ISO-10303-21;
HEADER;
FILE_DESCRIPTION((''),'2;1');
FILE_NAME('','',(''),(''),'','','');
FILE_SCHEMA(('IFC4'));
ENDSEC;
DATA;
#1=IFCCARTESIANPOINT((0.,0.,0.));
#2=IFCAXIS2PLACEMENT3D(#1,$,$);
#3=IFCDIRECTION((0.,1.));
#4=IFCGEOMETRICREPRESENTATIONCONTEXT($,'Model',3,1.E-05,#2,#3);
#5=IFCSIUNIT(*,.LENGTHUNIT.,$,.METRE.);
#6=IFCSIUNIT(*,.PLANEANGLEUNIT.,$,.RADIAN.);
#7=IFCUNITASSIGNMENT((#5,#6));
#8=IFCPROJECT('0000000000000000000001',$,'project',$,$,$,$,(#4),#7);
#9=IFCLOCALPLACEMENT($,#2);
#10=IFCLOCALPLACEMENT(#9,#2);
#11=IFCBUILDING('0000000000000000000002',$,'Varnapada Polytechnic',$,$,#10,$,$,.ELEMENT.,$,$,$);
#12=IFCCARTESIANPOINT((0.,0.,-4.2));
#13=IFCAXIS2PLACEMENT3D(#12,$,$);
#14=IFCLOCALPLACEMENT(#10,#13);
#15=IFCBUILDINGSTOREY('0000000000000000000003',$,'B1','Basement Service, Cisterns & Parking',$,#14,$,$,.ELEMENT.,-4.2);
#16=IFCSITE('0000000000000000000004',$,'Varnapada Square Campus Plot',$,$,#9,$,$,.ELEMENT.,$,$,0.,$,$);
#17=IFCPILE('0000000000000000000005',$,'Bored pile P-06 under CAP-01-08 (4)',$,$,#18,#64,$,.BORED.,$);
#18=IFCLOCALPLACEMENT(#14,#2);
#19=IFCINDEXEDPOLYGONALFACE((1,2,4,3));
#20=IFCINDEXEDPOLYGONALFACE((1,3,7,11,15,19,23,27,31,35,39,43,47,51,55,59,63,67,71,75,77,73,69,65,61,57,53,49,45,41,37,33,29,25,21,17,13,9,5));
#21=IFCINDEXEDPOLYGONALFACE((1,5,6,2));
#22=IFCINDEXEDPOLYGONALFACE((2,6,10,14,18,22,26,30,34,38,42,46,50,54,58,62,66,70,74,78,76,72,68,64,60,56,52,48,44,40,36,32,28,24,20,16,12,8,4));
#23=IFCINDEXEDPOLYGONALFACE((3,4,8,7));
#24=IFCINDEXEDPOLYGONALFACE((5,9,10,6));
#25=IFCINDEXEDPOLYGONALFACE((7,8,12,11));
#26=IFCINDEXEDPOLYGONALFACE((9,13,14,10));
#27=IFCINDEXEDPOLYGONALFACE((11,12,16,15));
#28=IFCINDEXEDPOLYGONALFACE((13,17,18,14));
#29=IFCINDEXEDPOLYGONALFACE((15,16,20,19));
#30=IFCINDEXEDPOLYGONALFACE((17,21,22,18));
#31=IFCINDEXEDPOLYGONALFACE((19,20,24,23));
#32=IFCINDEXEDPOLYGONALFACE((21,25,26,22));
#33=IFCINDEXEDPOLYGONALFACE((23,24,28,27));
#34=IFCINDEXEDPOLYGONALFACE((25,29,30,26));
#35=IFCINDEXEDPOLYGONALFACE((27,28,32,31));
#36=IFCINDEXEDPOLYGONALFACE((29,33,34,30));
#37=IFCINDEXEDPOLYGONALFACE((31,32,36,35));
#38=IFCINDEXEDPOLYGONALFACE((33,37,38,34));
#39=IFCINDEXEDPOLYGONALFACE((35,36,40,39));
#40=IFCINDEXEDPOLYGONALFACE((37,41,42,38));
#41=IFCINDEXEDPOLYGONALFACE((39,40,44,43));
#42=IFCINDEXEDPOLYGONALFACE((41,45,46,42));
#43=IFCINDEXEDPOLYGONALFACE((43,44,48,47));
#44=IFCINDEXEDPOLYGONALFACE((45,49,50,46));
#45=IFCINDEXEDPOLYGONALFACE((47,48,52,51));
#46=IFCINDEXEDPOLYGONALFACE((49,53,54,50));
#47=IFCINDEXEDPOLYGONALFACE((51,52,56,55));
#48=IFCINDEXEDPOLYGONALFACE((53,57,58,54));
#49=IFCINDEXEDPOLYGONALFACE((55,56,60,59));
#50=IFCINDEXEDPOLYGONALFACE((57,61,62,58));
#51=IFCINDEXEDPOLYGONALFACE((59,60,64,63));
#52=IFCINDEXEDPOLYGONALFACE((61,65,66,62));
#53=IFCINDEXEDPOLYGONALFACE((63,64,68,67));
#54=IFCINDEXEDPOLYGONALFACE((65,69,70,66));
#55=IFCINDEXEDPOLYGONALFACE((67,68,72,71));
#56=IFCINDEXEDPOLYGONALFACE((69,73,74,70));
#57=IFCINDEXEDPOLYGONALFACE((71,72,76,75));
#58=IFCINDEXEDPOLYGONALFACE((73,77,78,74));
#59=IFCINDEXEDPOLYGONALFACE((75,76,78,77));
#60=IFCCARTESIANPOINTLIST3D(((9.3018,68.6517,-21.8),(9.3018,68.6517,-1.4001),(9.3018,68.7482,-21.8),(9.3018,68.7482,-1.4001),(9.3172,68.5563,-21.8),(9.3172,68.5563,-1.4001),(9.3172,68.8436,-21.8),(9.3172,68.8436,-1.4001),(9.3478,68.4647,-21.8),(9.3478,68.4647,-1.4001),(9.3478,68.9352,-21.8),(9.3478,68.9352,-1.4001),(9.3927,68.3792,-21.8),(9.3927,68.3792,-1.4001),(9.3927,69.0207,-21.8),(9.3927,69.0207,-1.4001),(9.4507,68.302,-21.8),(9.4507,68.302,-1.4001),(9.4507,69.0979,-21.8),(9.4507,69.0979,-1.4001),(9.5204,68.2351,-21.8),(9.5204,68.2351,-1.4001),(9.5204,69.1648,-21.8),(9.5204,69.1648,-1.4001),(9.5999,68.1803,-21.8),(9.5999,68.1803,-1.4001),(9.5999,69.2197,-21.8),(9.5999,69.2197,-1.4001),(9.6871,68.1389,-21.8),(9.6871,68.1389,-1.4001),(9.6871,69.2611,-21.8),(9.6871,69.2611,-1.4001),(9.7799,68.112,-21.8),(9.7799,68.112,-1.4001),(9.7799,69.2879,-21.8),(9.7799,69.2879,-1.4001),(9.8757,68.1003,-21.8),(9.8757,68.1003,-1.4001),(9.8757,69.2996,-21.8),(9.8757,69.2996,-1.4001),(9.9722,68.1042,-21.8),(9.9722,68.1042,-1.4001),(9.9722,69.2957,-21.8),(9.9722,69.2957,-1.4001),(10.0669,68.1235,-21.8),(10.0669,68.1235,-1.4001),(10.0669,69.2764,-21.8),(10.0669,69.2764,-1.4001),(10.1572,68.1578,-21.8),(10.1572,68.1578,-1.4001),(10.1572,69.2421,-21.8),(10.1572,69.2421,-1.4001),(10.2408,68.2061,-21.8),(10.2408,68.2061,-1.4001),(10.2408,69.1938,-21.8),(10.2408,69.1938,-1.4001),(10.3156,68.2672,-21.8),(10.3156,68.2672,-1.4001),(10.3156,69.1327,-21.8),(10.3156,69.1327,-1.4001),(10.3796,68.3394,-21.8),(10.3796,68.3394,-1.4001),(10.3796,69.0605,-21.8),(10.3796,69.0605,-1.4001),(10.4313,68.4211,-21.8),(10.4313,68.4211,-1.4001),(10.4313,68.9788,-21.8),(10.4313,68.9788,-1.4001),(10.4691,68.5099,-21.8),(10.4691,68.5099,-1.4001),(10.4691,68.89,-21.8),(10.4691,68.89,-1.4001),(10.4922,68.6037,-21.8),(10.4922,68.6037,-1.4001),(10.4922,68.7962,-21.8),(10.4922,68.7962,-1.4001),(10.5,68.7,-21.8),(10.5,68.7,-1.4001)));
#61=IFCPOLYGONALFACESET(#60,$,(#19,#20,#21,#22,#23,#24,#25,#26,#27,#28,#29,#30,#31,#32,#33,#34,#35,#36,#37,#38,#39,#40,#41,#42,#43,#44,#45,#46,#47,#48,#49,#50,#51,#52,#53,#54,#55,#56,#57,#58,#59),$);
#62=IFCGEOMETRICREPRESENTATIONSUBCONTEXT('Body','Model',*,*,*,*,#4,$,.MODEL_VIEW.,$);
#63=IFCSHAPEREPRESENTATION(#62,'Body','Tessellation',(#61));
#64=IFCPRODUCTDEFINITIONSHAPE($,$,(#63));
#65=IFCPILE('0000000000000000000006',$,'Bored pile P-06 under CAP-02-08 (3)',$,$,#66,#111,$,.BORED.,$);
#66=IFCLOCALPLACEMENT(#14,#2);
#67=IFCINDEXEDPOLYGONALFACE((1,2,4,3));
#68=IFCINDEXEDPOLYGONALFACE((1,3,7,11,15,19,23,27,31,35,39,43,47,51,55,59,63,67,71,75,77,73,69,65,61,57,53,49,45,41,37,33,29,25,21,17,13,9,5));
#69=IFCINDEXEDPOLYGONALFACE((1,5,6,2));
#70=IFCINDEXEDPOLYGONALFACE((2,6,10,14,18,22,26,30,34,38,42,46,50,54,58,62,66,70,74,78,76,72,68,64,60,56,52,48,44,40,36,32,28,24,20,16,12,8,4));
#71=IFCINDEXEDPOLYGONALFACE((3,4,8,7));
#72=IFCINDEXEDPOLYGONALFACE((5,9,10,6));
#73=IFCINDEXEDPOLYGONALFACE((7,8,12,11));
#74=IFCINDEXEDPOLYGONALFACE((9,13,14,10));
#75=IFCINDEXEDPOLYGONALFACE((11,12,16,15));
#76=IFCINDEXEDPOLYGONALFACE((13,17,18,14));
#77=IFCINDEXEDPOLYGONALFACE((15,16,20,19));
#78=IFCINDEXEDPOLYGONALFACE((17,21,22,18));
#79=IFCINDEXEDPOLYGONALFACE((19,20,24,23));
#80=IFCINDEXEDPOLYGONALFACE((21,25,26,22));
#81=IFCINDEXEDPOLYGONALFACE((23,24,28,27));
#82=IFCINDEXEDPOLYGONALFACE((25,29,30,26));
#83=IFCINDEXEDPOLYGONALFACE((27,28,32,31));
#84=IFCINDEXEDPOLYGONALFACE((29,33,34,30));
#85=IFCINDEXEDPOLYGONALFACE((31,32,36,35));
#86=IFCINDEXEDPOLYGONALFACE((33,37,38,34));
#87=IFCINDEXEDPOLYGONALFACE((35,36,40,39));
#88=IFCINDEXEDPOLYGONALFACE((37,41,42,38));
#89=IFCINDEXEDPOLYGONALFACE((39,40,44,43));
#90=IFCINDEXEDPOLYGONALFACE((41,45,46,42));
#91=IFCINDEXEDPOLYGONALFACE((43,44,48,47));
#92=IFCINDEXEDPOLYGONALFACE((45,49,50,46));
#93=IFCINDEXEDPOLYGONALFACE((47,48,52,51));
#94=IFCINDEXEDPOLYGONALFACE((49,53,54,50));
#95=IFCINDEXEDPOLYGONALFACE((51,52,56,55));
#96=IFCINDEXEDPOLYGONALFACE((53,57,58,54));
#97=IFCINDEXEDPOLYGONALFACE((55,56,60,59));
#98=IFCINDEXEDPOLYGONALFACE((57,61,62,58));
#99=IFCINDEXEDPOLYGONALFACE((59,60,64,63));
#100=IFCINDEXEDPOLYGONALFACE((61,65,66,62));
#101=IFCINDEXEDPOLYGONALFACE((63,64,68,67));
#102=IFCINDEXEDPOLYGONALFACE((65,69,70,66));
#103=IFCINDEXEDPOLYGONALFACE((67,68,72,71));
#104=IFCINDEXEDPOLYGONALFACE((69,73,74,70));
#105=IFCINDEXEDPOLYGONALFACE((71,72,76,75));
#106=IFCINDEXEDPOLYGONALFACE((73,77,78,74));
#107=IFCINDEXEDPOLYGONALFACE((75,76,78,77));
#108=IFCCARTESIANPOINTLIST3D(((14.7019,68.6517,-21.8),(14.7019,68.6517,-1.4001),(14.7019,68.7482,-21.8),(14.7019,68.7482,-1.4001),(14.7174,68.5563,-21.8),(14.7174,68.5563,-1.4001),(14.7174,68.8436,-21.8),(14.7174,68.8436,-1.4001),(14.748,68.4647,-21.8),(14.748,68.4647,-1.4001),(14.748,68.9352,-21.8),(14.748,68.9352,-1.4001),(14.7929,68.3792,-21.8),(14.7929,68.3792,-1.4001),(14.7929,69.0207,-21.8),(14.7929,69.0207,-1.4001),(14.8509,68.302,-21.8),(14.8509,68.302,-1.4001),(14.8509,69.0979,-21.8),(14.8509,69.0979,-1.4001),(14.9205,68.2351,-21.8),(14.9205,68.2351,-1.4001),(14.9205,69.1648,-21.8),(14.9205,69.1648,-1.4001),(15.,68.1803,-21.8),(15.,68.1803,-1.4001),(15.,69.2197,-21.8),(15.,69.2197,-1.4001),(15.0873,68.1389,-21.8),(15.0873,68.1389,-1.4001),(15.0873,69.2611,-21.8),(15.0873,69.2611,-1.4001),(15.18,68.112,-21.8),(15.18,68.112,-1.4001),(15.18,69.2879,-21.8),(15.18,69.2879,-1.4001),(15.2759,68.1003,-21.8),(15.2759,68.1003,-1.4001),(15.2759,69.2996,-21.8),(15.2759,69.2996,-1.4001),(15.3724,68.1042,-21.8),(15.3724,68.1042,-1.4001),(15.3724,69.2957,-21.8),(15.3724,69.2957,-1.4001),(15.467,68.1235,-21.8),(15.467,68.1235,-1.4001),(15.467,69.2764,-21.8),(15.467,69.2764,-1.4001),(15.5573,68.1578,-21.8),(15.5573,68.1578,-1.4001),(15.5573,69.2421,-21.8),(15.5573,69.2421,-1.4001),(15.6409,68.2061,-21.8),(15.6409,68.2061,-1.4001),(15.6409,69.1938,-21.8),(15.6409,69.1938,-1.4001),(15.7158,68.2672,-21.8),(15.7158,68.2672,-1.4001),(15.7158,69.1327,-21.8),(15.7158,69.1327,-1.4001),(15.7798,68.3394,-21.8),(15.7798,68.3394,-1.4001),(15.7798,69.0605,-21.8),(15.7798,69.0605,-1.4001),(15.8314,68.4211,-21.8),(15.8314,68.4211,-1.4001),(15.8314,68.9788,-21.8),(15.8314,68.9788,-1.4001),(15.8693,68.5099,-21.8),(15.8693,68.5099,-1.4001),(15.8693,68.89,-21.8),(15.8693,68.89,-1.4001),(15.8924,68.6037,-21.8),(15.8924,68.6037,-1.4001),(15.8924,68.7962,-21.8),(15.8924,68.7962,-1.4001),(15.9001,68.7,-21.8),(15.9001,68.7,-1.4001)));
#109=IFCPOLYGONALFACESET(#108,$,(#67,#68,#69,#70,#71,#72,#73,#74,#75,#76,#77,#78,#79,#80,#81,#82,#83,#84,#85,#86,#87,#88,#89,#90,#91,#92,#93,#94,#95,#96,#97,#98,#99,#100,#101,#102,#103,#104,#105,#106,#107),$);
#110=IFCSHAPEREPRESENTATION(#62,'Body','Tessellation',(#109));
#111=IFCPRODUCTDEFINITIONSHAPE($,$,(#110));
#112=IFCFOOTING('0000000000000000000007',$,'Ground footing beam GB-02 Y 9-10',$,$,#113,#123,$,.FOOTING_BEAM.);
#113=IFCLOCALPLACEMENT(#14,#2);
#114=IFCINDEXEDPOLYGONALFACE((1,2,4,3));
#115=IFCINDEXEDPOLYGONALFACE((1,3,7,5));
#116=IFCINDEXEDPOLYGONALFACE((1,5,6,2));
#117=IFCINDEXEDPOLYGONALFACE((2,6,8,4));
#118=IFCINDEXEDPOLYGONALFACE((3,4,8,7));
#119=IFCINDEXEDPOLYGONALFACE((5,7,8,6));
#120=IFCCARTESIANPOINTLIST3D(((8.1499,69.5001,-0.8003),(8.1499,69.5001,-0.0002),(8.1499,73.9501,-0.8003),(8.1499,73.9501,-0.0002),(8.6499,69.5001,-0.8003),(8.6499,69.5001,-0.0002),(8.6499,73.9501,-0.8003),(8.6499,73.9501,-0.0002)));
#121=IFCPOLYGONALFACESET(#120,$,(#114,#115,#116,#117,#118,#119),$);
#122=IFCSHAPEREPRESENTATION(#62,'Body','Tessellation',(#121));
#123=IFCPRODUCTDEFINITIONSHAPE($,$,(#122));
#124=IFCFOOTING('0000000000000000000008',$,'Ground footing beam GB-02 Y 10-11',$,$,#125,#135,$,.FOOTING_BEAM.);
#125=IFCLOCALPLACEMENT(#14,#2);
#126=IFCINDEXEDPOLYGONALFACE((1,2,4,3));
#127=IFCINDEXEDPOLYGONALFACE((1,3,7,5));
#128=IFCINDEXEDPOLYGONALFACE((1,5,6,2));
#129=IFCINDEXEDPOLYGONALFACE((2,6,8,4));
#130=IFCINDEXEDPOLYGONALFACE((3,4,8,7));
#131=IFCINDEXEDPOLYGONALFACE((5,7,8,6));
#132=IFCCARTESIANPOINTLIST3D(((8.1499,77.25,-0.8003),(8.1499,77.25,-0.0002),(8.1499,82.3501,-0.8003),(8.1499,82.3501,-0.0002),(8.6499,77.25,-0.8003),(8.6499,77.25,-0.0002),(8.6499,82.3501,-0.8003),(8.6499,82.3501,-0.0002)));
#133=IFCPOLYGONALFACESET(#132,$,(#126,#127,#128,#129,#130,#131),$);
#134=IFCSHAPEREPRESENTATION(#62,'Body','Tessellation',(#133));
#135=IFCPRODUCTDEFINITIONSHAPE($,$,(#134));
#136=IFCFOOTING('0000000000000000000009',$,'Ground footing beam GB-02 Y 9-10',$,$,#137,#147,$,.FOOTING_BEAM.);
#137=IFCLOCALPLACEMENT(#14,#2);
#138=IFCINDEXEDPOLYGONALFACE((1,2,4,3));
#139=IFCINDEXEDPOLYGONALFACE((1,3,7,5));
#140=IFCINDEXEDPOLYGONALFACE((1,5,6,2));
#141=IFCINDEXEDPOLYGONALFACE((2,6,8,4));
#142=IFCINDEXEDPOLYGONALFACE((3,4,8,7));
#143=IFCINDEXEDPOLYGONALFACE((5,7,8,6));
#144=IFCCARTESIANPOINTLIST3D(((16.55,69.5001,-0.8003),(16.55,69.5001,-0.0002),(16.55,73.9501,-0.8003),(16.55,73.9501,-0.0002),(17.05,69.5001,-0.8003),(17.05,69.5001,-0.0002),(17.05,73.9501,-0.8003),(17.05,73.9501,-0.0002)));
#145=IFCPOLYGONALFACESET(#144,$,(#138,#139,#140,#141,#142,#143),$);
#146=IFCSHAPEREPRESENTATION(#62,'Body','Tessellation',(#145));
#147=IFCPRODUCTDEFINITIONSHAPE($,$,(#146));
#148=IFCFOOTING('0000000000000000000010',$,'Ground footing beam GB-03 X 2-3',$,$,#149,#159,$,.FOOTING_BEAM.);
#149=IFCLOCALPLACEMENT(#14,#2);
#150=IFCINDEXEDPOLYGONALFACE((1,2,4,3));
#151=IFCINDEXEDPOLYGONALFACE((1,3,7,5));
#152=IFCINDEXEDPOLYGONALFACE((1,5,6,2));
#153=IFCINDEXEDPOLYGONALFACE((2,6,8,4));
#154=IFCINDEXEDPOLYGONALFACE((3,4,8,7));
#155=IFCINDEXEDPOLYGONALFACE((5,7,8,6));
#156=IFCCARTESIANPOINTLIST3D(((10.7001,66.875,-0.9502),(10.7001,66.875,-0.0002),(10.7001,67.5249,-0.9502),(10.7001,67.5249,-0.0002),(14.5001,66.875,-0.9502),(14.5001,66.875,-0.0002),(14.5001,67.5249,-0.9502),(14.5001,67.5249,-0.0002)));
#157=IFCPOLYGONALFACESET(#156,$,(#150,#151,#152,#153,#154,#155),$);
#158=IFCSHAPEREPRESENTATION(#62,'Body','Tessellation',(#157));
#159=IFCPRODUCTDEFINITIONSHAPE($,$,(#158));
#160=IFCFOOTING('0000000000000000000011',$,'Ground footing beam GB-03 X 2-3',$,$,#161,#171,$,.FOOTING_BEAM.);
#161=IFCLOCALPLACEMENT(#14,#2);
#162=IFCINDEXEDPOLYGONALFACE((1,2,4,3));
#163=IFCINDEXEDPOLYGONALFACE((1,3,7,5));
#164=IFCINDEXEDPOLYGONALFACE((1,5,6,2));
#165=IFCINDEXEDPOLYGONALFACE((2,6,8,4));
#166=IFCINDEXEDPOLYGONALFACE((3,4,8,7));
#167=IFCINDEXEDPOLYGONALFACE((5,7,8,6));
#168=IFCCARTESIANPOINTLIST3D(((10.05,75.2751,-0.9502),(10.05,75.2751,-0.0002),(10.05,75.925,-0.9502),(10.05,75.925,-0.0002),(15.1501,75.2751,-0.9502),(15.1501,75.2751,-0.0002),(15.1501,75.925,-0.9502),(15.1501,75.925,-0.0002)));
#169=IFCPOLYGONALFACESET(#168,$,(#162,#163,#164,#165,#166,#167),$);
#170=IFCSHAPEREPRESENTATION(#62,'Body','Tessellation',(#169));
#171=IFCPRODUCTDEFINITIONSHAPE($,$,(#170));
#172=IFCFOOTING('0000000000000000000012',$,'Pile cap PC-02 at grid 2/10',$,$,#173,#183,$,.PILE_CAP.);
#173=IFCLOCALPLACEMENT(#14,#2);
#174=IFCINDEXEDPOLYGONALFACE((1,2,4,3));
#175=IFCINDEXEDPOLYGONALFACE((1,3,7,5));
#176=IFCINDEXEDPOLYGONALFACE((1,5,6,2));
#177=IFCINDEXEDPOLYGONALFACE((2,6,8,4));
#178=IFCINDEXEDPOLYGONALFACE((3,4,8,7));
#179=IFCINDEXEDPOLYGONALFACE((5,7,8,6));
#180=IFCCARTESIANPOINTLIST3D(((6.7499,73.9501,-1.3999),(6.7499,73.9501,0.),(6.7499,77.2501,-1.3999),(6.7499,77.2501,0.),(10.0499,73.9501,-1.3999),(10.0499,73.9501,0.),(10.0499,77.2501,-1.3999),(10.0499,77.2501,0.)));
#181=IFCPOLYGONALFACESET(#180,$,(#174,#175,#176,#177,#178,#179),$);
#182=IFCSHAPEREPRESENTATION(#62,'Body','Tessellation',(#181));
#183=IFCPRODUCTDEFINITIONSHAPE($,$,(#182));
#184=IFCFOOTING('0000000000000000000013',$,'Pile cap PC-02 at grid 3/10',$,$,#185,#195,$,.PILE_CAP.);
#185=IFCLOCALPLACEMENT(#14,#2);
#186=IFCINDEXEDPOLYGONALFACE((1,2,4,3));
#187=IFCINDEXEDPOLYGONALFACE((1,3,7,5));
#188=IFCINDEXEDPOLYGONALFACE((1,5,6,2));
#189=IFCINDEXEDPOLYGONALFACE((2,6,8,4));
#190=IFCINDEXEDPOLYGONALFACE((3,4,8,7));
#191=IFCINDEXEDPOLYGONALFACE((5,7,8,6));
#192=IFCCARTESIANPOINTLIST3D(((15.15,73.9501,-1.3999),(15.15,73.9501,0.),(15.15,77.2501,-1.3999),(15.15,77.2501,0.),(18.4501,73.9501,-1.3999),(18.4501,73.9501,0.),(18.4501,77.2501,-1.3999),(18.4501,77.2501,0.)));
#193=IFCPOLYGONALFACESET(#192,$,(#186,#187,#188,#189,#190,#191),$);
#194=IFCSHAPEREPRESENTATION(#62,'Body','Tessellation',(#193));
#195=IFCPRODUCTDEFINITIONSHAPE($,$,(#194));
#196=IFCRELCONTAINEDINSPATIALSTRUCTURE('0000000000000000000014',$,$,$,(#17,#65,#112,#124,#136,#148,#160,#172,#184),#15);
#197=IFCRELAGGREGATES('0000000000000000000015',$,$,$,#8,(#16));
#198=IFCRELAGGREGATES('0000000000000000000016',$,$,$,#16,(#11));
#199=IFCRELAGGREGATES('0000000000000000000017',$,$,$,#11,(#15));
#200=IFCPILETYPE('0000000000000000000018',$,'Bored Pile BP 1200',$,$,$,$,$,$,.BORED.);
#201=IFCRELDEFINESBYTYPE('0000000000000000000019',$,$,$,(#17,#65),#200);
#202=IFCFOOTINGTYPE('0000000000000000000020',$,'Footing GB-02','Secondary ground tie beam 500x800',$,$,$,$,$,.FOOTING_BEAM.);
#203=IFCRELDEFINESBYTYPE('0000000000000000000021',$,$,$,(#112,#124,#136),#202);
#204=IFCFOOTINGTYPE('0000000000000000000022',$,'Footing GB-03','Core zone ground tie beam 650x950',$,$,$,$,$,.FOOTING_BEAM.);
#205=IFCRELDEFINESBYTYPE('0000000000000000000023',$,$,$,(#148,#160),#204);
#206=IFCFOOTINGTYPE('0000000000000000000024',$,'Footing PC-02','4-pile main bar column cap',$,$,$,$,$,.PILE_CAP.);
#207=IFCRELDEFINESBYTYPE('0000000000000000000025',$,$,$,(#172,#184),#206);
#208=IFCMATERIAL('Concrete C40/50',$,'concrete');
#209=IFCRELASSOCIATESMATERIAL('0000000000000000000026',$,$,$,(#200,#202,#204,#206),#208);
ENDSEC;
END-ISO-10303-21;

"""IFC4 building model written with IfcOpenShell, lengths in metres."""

from ifc_helpers import new_model, si_unit, direction, frame, origin, origin_2d, place, context, subcontext, project, spatial, rectangle, circle, extrude, material, material_profile, profile_set, type_object, element, save


model = new_model("IFC4")

# Units and contexts
model_context = context("Model", 3, precision=1e-05, world=origin(), true_north=direction((0.0, 1.0)))
body_context = subcontext(model_context, "Body", "Model", "MODEL_VIEW")
ifc_project = project(units=[si_unit("LENGTHUNIT", "METRE"), si_unit("PLANEANGLEUNIT", "RADIAN")], contexts=[model_context])

# Site, building, storey
site_placement = place(None, origin())
site = spatial("IfcSite", under=ifc_project, at=site_placement, Name="Varnapada Square Campus Plot", CompositionType="ELEMENT", RefElevation=0.0)
building_placement = place(site_placement, origin())
building = spatial("IfcBuilding", under=site, at=building_placement, Name="Varnapada Polytechnic", CompositionType="ELEMENT")
storey_placement = place(building_placement, frame((0.0, 0.0, -4.2)))
storey = spatial("IfcBuildingStorey", under=building, at=storey_placement, Name="B1", Description="Basement Service, Cisterns & Parking", CompositionType="ELEMENT", Elevation=-4.2)

# Piles
ifc_material_1 = material(Name="Concrete C40/50", Category="concrete")
ifc_material_profile_1 = material_profile(ifc_material_1, circle(Radius=0.6001, at=origin_2d()), Name="BP 1200")
ifc_profile_set_1 = profile_set([ifc_material_profile_1], Name="Concrete C40/50")
pile_type_1 = type_object("IfcPileType", Name="Bored Pile BP 1200", PredefinedType="BORED", material=ifc_profile_set_1)
for number, where, z_axis, x_axis, name in (
    (1, (9.8999, 68.7, -1.4001), (0.0, 0.0, -1.0), (1.0, 0.0, 0.0), "Bored pile P-06 under CAP-01-08 (4)"),
    (2, (15.3, 68.7, -1.4001), (0.0, 0.0, -1.0), (1.0, 0.0, 0.0), "Bored pile P-06 under CAP-02-08 (3)"),
):
    element("IfcPile", number, at=place(storey_placement, frame(where, z_axis=z_axis, x_axis=x_axis)), inside=storey, type_object=pile_type_1, Name=name, PredefinedType="BORED", context=body_context, shape_type="SweptSolid", body=[
        extrude(circle(Radius=0.6001, at=origin_2d()), origin(), (0.0, 0.0, 1.0), 20.3999),
    ])

# Footings
footing_type_1 = type_object("IfcFootingType", Name="Footing GB-02", Description="Secondary ground tie beam 500x800", PredefinedType="FOOTING_BEAM", material=ifc_material_1)
footing_1_placement = place(storey_placement, frame((8.3999, 71.7251, -0.8003), z_axis=(0.0, 0.0, 1.0), x_axis=(0.0, 1.0, 0.0)))
element("IfcFooting", 3, at=footing_1_placement, inside=storey, type_object=footing_type_1, Name="Ground footing beam GB-02 Y 9-10", PredefinedType="FOOTING_BEAM", context=body_context, shape_type="SweptSolid", body=[
    extrude(rectangle(XDim=4.45, YDim=0.5, at=origin_2d()), origin(), (0.0, 0.0, 1.0), 0.8),
])
footing_2_placement = place(storey_placement, frame((8.3999, 79.8, -0.8003), z_axis=(0.0, 0.0, 1.0), x_axis=(0.0, 1.0, 0.0)))
element("IfcFooting", 4, at=footing_2_placement, inside=storey, type_object=footing_type_1, Name="Ground footing beam GB-02 Y 10-11", PredefinedType="FOOTING_BEAM", context=body_context, shape_type="SweptSolid", body=[
    extrude(rectangle(XDim=5.1001, YDim=0.5, at=origin_2d()), origin(), (0.0, 0.0, 1.0), 0.8),
])
footing_3_placement = place(storey_placement, frame((16.8, 71.7251, -0.8003), z_axis=(0.0, 0.0, 1.0), x_axis=(0.0, 1.0, 0.0)))
element("IfcFooting", 5, at=footing_3_placement, inside=storey, type_object=footing_type_1, Name="Ground footing beam GB-02 Y 9-10", PredefinedType="FOOTING_BEAM", context=body_context, shape_type="SweptSolid", body=[
    extrude(rectangle(XDim=4.45, YDim=0.5, at=origin_2d()), origin(), (0.0, 0.0, 1.0), 0.8),
])
footing_type_2 = type_object("IfcFootingType", Name="Footing GB-03", Description="Core zone ground tie beam 650x950", PredefinedType="FOOTING_BEAM", material=ifc_material_1)
footing_4_placement = place(storey_placement, frame((12.6001, 67.2, -0.9502), z_axis=(0.0, 0.0, 1.0), x_axis=(1.0, 0.0, 0.0)))
element("IfcFooting", 6, at=footing_4_placement, inside=storey, type_object=footing_type_2, Name="Ground footing beam GB-03 X 2-3", PredefinedType="FOOTING_BEAM", context=body_context, shape_type="SweptSolid", body=[
    extrude(rectangle(XDim=3.8, YDim=0.6499, at=origin_2d()), origin(), (0.0, 0.0, 1.0), 0.95),
])
footing_5_placement = place(storey_placement, frame((12.6001, 75.6001, -0.9502), z_axis=(0.0, 0.0, 1.0), x_axis=(1.0, 0.0, 0.0)))
element("IfcFooting", 7, at=footing_5_placement, inside=storey, type_object=footing_type_2, Name="Ground footing beam GB-03 X 2-3", PredefinedType="FOOTING_BEAM", context=body_context, shape_type="SweptSolid", body=[
    extrude(rectangle(XDim=5.1001, YDim=0.6499, at=origin_2d()), origin(), (0.0, 0.0, 1.0), 0.95),
])
footing_type_3 = type_object("IfcFootingType", Name="Footing PC-02", Description="4-pile main bar column cap", PredefinedType="PILE_CAP", material=ifc_material_1)
for number, where, z_axis, x_axis, name in (
    (8, (8.3999, 75.6001, -1.3999), (0.0, 0.0, 1.0), (1.0, 0.0, 0.0), "Pile cap PC-02 at grid 2/10"),
    (9, (16.8, 75.6001, -1.3999), (0.0, 0.0, 1.0), (1.0, 0.0, 0.0), "Pile cap PC-02 at grid 3/10"),
):
    element("IfcFooting", number, at=place(storey_placement, frame(where, z_axis=z_axis, x_axis=x_axis)), inside=storey, type_object=footing_type_3, Name=name, PredefinedType="PILE_CAP", context=body_context, shape_type="SweptSolid", body=[
        extrude(rectangle(XDim=3.3, YDim=3.3, at=origin_2d()), origin(), (0.0, 0.0, 1.0), 1.3999),
    ])

save(model, "model.ifc")
